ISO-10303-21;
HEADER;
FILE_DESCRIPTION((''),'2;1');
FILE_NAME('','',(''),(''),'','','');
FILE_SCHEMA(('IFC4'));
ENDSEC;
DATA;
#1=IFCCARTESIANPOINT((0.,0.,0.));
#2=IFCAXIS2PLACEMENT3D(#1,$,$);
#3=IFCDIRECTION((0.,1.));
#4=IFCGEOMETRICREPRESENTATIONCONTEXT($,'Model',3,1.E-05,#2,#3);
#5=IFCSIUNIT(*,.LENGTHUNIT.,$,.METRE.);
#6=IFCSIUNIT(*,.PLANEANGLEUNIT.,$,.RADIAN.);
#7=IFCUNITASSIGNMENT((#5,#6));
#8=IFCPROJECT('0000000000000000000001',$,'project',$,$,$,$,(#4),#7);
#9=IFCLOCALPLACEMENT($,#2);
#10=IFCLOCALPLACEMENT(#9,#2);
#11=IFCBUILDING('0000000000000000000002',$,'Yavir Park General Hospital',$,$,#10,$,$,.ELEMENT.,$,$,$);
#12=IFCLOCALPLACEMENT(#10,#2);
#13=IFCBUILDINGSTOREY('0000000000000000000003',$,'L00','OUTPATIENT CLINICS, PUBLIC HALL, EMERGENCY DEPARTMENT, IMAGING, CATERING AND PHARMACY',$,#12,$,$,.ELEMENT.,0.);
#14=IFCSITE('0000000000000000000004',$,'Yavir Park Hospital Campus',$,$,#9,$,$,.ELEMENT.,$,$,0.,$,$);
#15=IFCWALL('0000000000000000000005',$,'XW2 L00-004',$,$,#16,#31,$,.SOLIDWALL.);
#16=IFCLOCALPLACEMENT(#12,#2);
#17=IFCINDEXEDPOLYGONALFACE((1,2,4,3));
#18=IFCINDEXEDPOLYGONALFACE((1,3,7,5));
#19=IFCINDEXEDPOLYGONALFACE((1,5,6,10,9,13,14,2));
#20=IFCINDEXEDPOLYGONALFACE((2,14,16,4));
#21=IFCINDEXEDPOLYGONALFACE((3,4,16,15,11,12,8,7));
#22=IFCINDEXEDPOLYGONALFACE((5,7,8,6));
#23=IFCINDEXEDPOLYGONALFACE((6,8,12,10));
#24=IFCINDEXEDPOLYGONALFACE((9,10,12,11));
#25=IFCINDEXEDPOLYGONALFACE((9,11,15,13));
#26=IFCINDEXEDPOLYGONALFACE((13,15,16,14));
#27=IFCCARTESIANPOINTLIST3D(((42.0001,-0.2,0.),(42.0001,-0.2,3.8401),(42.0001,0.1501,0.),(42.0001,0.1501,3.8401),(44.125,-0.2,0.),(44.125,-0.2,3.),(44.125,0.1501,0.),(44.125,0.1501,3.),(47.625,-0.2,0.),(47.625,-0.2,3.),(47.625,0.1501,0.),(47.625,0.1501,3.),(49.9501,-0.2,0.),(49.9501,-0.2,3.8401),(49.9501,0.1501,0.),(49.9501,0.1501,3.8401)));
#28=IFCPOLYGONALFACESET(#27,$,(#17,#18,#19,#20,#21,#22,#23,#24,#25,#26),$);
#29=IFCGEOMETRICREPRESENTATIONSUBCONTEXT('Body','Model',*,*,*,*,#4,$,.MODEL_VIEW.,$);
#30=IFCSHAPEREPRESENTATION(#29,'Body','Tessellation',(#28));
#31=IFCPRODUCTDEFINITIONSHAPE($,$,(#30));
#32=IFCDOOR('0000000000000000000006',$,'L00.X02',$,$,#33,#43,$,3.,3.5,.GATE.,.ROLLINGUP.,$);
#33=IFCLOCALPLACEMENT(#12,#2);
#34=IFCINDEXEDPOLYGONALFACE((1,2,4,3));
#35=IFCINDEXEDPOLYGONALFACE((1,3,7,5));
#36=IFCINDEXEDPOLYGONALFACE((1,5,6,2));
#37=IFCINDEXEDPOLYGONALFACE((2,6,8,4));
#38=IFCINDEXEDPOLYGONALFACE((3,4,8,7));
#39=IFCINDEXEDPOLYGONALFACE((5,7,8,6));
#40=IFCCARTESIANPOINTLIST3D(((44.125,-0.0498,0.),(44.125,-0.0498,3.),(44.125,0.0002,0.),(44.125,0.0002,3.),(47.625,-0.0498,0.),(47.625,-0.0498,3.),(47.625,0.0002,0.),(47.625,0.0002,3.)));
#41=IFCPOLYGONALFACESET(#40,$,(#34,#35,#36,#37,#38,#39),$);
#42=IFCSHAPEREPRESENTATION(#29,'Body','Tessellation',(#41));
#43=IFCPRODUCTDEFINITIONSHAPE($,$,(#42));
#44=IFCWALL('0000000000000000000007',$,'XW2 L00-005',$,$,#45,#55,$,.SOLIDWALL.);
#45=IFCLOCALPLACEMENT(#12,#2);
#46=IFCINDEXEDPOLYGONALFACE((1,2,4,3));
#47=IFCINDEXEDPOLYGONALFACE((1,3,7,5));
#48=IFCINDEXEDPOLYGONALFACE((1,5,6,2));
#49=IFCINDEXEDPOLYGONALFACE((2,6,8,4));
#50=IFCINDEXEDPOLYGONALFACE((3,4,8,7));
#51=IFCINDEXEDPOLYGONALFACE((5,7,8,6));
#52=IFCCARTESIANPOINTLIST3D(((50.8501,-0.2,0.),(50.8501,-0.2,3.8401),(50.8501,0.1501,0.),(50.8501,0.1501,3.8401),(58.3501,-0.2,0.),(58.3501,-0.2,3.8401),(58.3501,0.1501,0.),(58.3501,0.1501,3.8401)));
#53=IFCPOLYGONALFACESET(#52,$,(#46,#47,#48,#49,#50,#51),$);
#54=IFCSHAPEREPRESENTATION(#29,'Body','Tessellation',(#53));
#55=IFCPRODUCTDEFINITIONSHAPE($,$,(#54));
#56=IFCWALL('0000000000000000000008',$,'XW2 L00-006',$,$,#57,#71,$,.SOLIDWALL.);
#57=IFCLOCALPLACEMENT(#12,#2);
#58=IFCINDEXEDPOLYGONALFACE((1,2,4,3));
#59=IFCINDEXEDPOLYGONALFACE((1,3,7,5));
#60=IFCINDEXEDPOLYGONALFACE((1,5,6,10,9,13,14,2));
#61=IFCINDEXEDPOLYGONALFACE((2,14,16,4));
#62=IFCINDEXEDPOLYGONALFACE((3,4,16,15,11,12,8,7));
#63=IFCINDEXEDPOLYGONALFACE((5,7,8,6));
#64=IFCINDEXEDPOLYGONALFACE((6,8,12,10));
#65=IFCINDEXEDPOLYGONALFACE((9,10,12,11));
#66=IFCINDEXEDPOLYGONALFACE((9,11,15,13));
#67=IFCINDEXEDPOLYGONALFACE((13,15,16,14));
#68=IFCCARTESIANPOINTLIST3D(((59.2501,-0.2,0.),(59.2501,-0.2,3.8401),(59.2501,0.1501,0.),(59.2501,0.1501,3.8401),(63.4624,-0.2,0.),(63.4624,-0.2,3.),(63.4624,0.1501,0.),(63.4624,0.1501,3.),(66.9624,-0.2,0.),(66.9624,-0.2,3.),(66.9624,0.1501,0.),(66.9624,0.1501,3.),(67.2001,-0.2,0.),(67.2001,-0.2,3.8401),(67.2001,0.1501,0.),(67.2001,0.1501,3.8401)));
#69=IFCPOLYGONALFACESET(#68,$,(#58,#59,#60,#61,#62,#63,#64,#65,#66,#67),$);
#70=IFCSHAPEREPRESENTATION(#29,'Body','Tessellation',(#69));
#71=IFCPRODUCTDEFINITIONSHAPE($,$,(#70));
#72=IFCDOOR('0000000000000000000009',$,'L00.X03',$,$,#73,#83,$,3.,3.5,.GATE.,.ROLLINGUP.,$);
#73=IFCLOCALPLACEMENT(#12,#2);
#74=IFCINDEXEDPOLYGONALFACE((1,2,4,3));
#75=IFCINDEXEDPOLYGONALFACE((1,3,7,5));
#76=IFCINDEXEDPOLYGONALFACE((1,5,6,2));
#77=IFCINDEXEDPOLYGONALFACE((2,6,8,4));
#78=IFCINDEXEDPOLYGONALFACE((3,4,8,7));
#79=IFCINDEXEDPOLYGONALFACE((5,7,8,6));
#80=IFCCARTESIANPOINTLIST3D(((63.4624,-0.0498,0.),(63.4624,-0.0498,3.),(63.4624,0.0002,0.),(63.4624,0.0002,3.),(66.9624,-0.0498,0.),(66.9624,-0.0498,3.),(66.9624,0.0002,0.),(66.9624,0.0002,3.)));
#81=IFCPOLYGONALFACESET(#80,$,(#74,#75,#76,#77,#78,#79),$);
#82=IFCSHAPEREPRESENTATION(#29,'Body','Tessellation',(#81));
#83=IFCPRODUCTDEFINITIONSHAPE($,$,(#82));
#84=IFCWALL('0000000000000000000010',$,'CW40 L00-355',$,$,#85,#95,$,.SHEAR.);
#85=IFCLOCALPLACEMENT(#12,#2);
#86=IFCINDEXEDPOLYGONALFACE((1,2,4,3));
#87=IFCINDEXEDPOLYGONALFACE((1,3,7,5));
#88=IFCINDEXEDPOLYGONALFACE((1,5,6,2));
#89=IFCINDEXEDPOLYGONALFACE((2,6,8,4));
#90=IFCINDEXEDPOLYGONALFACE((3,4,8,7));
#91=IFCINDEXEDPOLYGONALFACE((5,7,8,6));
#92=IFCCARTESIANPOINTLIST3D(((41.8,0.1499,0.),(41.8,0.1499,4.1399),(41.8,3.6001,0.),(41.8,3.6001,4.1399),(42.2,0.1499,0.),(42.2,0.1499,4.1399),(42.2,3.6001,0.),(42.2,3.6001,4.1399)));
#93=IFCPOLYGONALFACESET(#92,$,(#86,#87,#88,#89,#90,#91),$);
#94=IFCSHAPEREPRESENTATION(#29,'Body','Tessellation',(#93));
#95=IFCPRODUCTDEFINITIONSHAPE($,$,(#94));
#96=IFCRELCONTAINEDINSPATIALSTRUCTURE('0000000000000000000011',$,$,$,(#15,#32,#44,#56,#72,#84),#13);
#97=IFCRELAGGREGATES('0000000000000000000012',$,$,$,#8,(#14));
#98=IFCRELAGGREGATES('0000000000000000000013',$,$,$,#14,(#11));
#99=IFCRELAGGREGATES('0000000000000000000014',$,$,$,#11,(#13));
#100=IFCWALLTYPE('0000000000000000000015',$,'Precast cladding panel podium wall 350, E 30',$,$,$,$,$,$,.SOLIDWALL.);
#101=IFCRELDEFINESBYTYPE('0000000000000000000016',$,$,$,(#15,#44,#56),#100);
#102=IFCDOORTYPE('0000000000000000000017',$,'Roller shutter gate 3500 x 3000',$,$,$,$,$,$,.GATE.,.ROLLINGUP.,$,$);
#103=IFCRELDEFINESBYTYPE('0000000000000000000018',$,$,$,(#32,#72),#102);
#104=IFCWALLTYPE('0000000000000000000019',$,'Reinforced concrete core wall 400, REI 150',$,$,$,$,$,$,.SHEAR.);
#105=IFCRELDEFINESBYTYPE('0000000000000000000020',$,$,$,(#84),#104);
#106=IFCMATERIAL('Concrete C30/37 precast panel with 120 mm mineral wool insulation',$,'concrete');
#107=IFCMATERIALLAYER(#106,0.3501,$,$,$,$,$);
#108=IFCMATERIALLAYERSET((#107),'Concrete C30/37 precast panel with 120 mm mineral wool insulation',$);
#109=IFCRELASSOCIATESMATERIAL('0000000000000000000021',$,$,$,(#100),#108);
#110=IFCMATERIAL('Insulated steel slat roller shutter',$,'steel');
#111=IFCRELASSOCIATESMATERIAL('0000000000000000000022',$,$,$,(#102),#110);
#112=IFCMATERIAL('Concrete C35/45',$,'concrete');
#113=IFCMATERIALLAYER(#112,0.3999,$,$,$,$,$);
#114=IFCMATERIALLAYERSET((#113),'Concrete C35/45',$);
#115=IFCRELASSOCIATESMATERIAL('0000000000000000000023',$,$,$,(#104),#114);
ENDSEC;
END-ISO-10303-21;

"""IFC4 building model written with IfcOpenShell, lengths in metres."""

from ifc_helpers import new_model, si_unit, direction, frame, frame_2d, origin, place, context, subcontext, project, spatial, rectangle, extrude, material, layer, layer_set, type_object, element, fill, save


model = new_model("IFC4")

# Units and contexts
model_context = context("Model", 3, precision=1e-05, world=origin(), true_north=direction((0.0, 1.0)))
body_context = subcontext(model_context, "Body", "Model", "MODEL_VIEW")
ifc_project = project(units=[si_unit("LENGTHUNIT", "METRE"), si_unit("PLANEANGLEUNIT", "RADIAN")], contexts=[model_context])

# Site, building, storey
site_placement = place(None, origin())
site = spatial("IfcSite", under=ifc_project, at=site_placement, Name="Yavir Park Hospital Campus", CompositionType="ELEMENT", RefElevation=0.0)
building_placement = place(site_placement, origin())
building = spatial("IfcBuilding", under=site, at=building_placement, Name="Yavir Park General Hospital", CompositionType="ELEMENT")
storey_placement = place(building_placement, origin())
storey = spatial("IfcBuildingStorey", under=building, at=storey_placement, Name="L00", Description="OUTPATIENT CLINICS, PUBLIC HALL, EMERGENCY DEPARTMENT, IMAGING, CATERING AND PHARMACY", CompositionType="ELEMENT", Elevation=0.0)

# Wall, opening, door
ifc_material_1 = material(Name="Concrete C30/37 precast panel with 120 mm mineral wool insulation", Category="concrete")
ifc_layer_1 = layer(ifc_material_1, 0.3501)
ifc_layer_set_1 = layer_set([ifc_layer_1], Name="Concrete C30/37 precast panel with 120 mm mineral wool insulation")
wall_type_1 = type_object("IfcWallType", Name="Precast cladding panel podium wall 350, E 30", PredefinedType="SOLIDWALL", material=ifc_layer_set_1)
wall_1_placement = place(storey_placement, frame((42.0, -0.0249, 0.0), z_axis=(0.0, 0.0, 1.0), x_axis=(1.0, 0.0, 0.0)))
wall_1 = element("IfcWall", 1, at=wall_1_placement, inside=storey, type_object=wall_type_1, Name="XW2 L00-004", PredefinedType="SOLIDWALL", context=body_context, shape_type="SweptSolid", body=[
    extrude(rectangle(XDim=7.95, YDim=0.3501, at=frame_2d((3.9751, 0.0))), origin(), (0.0, 0.0, 1.0), 3.8401),
])
opening_1_placement = place(wall_1_placement, frame((2.125, 0.0, 0.0)))
opening_1 = element("IfcOpeningElement", 2, at=opening_1_placement, cuts=wall_1, PredefinedType="OPENING", context=body_context, shape_type="SweptSolid", body=[
    extrude(rectangle(XDim=3.5, YDim=3.0, at=frame_2d((1.75, 1.5))), frame((0.0, 0.1851, 0.0), z_axis=(0.0, -1.0, 0.0), x_axis=(1.0, 0.0, 0.0)), (0.0, 0.0, 1.0), 0.3701),
])
ifc_material_2 = material(Name="Insulated steel slat roller shutter", Category="steel")
door_type_1 = type_object("IfcDoorType", Name="Roller shutter gate 3500 x 3000", OperationType="ROLLINGUP", PredefinedType="GATE", material=ifc_material_2)
door_1_placement = place(opening_1_placement, frame((3.5, 0.0, 0.0), x_axis=(-1.0, 0.0, 0.0)))
door_1 = element("IfcDoor", 3, at=door_1_placement, inside=storey, type_object=door_type_1, Name="L00.X02", OperationType="ROLLINGUP", OverallHeight=3.0, OverallWidth=3.5, PredefinedType="GATE", context=body_context, shape_type="SweptSolid", body=[
    extrude(rectangle(XDim=3.5, YDim=3.0, at=frame_2d((1.75, 1.5))), frame((0.0, 0.0249, 0.0), z_axis=(0.0, -1.0, 0.0), x_axis=(1.0, 0.0, 0.0)), (0.0, 0.0, 1.0), 0.05),
])
fill(opening_1, door_1)

# Wall
wall_2_placement = place(storey_placement, frame((50.8501, -0.0249, 0.0), z_axis=(0.0, 0.0, 1.0), x_axis=(1.0, 0.0, 0.0)))
element("IfcWall", 4, at=wall_2_placement, inside=storey, type_object=wall_type_1, Name="XW2 L00-005", PredefinedType="SOLIDWALL", context=body_context, shape_type="SweptSolid", body=[
    extrude(rectangle(XDim=7.5, YDim=0.3501, at=frame_2d((3.75, 0.0))), origin(), (0.0, 0.0, 1.0), 3.8401),
])

# Wall, opening, door
wall_3_placement = place(storey_placement, frame((59.25, -0.0249, 0.0), z_axis=(0.0, 0.0, 1.0), x_axis=(1.0, 0.0, 0.0)))
wall_3 = element("IfcWall", 5, at=wall_3_placement, inside=storey, type_object=wall_type_1, Name="XW2 L00-006", PredefinedType="SOLIDWALL", context=body_context, shape_type="SweptSolid", body=[
    extrude(rectangle(XDim=7.95, YDim=0.3501, at=frame_2d((3.9751, 0.0))), origin(), (0.0, 0.0, 1.0), 3.8401),
])
opening_2_placement = place(wall_3_placement, frame((4.2124, 0.0, 0.0)))
opening_2 = element("IfcOpeningElement", 6, at=opening_2_placement, cuts=wall_3, PredefinedType="OPENING", context=body_context, shape_type="SweptSolid", body=[
    extrude(rectangle(XDim=3.5, YDim=3.0, at=frame_2d((1.75, 1.5))), frame((0.0, 0.1851, 0.0), z_axis=(0.0, -1.0, 0.0), x_axis=(1.0, 0.0, 0.0)), (0.0, 0.0, 1.0), 0.3701),
])
door_2_placement = place(opening_2_placement, frame((3.5, 0.0, 0.0), x_axis=(-1.0, 0.0, 0.0)))
door_2 = element("IfcDoor", 7, at=door_2_placement, inside=storey, type_object=door_type_1, Name="L00.X03", OperationType="ROLLINGUP", OverallHeight=3.0, OverallWidth=3.5, PredefinedType="GATE", context=body_context, shape_type="SweptSolid", body=[
    extrude(rectangle(XDim=3.5, YDim=3.0, at=frame_2d((1.75, 1.5))), frame((0.0, 0.0249, 0.0), z_axis=(0.0, -1.0, 0.0), x_axis=(1.0, 0.0, 0.0)), (0.0, 0.0, 1.0), 0.05),
])
fill(opening_2, door_2)

# Wall
ifc_material_3 = material(Name="Concrete C35/45", Category="concrete")
ifc_layer_2 = layer(ifc_material_3, 0.3999)
ifc_layer_set_2 = layer_set([ifc_layer_2], Name="Concrete C35/45")
wall_type_2 = type_object("IfcWallType", Name="Reinforced concrete core wall 400, REI 150", PredefinedType="SHEAR", material=ifc_layer_set_2)
wall_4_placement = place(storey_placement, frame((42.0, 0.1499, 0.0), z_axis=(0.0, 0.0, 1.0), x_axis=(0.0, 1.0, 0.0)))
element("IfcWall", 8, at=wall_4_placement, inside=storey, type_object=wall_type_2, Name="CW40 L00-355", PredefinedType="SHEAR", context=body_context, shape_type="SweptSolid", body=[
    extrude(rectangle(XDim=3.4502, YDim=0.3999, at=frame_2d((1.7251, 0.0))), origin(), (0.0, 0.0, 1.0), 4.1399),
])

save(model, "model.ifc")
